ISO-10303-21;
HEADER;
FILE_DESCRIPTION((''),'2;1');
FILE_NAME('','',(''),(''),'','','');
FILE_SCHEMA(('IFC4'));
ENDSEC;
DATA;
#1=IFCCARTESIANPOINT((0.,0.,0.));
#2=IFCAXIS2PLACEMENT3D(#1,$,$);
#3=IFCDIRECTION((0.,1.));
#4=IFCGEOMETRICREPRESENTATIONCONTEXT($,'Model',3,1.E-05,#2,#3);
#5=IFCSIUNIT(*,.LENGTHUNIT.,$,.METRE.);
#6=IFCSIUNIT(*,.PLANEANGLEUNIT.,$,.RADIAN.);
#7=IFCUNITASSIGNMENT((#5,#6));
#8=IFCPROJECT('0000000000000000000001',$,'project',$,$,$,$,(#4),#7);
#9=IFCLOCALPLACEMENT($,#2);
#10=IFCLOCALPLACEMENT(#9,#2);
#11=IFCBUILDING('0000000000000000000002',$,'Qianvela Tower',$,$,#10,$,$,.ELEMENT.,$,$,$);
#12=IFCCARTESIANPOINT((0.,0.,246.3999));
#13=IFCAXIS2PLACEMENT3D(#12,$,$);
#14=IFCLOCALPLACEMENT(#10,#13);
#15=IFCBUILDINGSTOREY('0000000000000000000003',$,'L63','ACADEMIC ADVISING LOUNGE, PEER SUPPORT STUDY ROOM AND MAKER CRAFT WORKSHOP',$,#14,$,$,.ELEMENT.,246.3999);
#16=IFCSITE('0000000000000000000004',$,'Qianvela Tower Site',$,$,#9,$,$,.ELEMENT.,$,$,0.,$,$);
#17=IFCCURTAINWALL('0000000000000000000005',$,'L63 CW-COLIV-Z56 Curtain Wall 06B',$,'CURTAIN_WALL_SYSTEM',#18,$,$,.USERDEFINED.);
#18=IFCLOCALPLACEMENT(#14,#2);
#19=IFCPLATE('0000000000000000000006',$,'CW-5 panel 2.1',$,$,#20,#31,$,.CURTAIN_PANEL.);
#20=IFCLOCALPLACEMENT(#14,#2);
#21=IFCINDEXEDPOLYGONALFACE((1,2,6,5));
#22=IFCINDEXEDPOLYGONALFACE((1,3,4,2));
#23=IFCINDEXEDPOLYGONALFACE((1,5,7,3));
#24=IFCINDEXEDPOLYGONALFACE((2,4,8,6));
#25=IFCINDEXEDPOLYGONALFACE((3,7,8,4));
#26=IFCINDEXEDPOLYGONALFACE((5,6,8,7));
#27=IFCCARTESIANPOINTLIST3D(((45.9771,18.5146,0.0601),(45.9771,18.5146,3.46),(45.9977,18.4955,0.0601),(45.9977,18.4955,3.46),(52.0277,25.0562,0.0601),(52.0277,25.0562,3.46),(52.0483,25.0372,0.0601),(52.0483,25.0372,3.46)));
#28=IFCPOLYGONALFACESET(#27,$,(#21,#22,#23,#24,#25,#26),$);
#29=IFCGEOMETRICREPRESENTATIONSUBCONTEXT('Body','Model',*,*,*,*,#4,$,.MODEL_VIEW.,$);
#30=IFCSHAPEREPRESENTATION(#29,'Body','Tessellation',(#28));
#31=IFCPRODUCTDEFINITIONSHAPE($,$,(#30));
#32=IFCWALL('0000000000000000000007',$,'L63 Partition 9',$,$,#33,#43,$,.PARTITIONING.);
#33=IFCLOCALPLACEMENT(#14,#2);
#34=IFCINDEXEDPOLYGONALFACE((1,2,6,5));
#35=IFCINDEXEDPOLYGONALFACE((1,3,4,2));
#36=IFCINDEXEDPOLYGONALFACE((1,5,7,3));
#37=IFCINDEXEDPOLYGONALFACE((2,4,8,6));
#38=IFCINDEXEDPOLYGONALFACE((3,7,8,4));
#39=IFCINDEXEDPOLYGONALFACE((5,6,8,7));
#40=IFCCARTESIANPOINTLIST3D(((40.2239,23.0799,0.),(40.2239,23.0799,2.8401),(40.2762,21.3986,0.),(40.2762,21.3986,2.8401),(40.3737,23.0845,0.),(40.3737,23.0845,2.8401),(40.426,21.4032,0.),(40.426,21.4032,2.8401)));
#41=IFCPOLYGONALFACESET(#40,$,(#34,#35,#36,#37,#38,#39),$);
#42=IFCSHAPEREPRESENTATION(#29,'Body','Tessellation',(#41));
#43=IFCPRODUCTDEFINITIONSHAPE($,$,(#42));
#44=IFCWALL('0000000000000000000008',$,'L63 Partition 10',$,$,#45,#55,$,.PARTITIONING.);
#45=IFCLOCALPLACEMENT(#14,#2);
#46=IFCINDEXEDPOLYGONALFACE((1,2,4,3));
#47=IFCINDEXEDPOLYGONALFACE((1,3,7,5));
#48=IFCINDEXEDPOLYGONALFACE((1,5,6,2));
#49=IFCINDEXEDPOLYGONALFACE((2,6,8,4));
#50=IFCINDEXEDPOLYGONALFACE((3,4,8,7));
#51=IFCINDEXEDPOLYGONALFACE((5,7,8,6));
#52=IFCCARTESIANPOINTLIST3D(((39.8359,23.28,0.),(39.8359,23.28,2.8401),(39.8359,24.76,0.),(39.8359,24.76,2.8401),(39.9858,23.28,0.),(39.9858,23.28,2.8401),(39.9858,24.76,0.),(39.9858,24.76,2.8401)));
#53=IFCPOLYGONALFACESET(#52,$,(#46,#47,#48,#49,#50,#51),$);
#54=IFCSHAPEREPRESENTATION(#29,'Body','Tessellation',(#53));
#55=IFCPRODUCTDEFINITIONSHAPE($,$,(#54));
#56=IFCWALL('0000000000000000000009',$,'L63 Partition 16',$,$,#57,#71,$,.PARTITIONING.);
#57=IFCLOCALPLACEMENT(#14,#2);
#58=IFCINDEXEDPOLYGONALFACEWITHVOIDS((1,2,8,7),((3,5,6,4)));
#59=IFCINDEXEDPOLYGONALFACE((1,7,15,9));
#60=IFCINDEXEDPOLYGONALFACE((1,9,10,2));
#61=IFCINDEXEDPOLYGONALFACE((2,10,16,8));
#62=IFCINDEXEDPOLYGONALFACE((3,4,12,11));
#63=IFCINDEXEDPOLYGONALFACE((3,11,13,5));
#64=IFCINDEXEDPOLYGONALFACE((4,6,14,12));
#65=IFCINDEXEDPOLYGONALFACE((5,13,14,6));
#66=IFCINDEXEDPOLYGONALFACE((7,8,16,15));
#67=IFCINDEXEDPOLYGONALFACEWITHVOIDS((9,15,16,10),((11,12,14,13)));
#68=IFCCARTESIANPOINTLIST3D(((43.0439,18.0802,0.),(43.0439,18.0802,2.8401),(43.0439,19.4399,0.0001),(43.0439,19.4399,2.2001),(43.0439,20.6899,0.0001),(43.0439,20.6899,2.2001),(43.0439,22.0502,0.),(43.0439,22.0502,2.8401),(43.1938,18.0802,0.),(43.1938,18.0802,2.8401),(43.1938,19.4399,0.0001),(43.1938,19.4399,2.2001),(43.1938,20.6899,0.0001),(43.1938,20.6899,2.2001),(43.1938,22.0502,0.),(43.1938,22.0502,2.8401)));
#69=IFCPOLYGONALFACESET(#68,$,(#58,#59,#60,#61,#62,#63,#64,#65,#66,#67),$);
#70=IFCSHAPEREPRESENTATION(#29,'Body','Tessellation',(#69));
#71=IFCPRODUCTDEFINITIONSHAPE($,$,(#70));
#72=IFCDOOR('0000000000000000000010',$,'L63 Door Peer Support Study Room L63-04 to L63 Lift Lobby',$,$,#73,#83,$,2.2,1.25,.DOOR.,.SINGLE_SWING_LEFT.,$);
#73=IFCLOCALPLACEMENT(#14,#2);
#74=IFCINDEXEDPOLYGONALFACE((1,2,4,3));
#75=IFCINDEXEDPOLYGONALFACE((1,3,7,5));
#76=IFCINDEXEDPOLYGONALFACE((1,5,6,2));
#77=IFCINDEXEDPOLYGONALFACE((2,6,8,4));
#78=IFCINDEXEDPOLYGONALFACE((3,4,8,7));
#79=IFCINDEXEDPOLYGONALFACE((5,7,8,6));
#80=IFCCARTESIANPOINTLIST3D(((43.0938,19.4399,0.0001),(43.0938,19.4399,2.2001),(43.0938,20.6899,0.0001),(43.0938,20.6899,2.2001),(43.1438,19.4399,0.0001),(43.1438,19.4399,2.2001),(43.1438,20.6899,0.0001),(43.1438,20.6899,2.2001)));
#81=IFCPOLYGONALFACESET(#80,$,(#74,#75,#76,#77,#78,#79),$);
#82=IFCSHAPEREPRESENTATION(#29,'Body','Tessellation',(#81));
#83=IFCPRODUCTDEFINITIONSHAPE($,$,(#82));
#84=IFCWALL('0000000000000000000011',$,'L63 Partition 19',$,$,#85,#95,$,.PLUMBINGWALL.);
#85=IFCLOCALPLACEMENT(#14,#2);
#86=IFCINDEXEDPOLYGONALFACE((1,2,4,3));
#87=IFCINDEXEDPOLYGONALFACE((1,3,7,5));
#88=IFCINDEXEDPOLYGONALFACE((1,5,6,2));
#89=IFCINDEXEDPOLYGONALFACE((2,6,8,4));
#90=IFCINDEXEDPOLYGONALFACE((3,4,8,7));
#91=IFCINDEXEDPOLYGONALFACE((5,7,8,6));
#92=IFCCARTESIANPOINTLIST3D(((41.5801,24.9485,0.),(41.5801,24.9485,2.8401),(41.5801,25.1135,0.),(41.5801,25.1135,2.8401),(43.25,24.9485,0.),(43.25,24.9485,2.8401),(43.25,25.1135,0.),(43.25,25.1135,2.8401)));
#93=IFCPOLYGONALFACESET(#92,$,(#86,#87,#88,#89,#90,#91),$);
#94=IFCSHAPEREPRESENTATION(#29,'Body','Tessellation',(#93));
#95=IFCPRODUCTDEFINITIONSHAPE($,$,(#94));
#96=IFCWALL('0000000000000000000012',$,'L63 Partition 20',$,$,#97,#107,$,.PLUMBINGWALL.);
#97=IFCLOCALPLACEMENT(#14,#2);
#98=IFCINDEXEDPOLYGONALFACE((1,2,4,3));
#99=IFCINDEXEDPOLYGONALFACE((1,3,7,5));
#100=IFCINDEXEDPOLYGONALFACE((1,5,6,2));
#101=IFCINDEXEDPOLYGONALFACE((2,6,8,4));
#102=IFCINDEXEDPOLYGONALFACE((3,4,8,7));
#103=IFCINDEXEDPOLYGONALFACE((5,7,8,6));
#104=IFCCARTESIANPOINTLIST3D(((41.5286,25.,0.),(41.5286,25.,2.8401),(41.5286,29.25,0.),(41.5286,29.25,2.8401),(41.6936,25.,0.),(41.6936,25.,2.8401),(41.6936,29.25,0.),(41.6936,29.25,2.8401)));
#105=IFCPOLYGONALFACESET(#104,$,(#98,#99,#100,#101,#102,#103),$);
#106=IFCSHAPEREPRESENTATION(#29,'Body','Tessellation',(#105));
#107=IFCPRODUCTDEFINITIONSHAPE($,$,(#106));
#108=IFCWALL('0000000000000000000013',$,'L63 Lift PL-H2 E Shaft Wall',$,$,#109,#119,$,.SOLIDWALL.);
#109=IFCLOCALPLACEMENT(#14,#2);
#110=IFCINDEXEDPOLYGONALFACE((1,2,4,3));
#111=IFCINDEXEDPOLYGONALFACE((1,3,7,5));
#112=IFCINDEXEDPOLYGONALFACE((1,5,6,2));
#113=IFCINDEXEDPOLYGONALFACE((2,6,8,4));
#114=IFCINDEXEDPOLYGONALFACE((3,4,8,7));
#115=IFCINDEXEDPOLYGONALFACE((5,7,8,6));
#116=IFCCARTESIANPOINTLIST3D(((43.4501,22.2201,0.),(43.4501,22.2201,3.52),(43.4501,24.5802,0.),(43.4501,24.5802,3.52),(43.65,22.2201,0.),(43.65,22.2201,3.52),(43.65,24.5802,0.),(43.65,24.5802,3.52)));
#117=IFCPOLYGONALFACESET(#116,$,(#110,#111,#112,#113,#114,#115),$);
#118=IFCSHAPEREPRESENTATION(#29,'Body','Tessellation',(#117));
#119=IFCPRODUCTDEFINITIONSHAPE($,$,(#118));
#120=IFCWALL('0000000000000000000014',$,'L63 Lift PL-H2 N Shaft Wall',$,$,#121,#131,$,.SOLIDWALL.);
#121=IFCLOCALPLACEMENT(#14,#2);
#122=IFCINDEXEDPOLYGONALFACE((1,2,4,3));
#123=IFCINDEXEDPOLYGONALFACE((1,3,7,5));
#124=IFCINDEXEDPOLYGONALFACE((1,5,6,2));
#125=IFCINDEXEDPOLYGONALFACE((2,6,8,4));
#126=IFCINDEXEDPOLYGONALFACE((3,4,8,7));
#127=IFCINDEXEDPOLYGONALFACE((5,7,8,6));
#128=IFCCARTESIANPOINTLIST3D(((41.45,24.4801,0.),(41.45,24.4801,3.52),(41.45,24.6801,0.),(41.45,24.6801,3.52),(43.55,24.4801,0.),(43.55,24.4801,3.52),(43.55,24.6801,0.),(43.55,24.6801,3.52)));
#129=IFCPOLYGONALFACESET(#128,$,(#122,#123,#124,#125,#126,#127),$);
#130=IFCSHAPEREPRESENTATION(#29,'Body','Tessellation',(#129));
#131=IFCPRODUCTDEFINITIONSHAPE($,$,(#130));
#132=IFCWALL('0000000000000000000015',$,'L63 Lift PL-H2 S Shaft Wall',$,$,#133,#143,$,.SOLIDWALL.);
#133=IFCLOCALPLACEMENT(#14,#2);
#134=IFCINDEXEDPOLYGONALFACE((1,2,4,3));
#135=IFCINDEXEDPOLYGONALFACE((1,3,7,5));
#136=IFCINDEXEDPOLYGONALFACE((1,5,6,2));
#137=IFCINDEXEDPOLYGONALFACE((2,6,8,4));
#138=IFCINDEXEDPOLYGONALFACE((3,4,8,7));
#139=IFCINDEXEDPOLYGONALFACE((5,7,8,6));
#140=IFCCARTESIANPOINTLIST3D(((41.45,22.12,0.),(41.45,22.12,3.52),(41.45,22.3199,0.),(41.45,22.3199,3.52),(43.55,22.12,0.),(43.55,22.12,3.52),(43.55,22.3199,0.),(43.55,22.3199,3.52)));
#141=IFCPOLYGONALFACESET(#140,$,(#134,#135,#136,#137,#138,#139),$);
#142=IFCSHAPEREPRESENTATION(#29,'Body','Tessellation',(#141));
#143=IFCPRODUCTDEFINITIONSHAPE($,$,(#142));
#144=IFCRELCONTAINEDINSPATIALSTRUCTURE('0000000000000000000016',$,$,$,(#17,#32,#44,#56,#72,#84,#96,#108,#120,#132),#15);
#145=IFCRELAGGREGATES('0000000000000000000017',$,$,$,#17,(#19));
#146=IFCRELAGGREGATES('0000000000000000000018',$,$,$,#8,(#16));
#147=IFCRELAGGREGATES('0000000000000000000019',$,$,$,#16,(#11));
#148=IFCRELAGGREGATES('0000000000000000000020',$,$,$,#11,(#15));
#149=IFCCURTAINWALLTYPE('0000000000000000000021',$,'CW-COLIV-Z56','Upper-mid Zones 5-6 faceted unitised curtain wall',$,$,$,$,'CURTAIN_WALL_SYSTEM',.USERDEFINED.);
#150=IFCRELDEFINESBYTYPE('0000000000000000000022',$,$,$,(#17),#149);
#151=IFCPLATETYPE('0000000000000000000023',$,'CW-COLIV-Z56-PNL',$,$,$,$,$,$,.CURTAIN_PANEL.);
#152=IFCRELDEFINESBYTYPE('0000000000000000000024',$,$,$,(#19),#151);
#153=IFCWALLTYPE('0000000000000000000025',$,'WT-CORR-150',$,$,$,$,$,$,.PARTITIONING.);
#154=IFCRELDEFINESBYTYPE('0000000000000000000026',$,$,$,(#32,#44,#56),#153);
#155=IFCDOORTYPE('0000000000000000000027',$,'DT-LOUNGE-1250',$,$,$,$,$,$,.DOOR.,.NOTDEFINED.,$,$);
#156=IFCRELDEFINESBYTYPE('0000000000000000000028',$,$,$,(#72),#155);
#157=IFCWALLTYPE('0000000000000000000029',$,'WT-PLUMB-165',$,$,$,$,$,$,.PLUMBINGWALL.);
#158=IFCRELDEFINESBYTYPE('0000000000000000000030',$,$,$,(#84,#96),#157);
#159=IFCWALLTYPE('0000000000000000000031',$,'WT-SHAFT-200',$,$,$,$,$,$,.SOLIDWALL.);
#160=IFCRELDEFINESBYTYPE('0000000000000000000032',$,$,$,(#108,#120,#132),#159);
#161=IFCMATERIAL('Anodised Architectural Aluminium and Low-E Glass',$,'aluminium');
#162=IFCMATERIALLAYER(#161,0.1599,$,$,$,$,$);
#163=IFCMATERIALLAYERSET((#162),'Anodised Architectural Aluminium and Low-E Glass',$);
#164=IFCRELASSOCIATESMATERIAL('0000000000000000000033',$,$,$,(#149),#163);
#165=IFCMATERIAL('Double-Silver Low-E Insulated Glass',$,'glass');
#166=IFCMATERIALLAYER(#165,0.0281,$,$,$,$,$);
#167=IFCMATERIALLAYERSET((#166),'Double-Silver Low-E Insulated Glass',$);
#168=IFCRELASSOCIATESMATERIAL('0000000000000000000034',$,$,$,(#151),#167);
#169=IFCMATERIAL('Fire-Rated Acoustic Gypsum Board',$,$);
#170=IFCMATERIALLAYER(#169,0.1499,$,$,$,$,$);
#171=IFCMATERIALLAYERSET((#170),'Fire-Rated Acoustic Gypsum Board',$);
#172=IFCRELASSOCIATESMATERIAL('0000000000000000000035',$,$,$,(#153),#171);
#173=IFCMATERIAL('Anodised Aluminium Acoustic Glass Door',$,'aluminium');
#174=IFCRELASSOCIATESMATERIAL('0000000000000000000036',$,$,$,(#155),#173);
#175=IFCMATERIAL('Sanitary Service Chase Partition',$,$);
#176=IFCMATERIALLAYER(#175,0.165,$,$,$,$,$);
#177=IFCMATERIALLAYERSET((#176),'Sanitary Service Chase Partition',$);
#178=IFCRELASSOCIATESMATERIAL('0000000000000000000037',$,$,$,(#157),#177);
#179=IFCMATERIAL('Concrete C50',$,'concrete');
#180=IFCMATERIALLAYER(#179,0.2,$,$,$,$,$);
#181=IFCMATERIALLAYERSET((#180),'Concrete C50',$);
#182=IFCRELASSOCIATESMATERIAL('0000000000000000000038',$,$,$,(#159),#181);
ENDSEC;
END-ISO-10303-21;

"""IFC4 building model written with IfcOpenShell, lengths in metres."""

from ifc_helpers import new_model, si_unit, direction, frame, frame_2d, origin, origin_2d, place, context, subcontext, project, spatial, rectangle, extrude, material, layer, layer_set, type_object, element, fill, aggregate, save


model = new_model("IFC4")

# Units and contexts
model_context = context("Model", 3, precision=1e-05, world=origin(), true_north=direction((0.0, 1.0)))
body_context = subcontext(model_context, "Body", "Model", "MODEL_VIEW")
ifc_project = project(units=[si_unit("LENGTHUNIT", "METRE"), si_unit("PLANEANGLEUNIT", "RADIAN")], contexts=[model_context])

# Site, building, storey
site_placement = place(None, origin())
site = spatial("IfcSite", under=ifc_project, at=site_placement, Name="Qianvela Tower Site", CompositionType="ELEMENT", RefElevation=0.0)
building_placement = place(site_placement, origin())
building = spatial("IfcBuilding", under=site, at=building_placement, Name="Qianvela Tower", CompositionType="ELEMENT")
storey_placement = place(building_placement, frame((0.0, 0.0, 246.3999)))
storey = spatial("IfcBuildingStorey", under=building, at=storey_placement, Name="L63", Description="ACADEMIC ADVISING LOUNGE, PEER SUPPORT STUDY ROOM AND MAKER CRAFT WORKSHOP", CompositionType="ELEMENT", Elevation=246.3999)

# Curtain wall, plate
ifc_material_1 = material(Name="Anodised Architectural Aluminium and Low-E Glass", Category="aluminium")
ifc_layer_1 = layer(ifc_material_1, 0.1599)
ifc_layer_set_1 = layer_set([ifc_layer_1], Name="Anodised Architectural Aluminium and Low-E Glass")
curtain_wall_type = type_object("IfcCurtainWallType", Name="CW-COLIV-Z56", Description="Upper-mid Zones 5-6 faceted unitised curtain wall", ElementType="CURTAIN_WALL_SYSTEM", PredefinedType="USERDEFINED", material=ifc_layer_set_1)
curtain_wall_placement = place(storey_placement, origin())
curtain_wall = element("IfcCurtainWall", 1, at=curtain_wall_placement, inside=storey, type_object=curtain_wall_type, Name="L63 CW-COLIV-Z56 Curtain Wall 06B", ObjectType="CURTAIN_WALL_SYSTEM", PredefinedType="USERDEFINED")
ifc_material_2 = material(Name="Double-Silver Low-E Insulated Glass", Category="glass")
ifc_layer_2 = layer(ifc_material_2, 0.0281)
ifc_layer_set_2 = layer_set([ifc_layer_2], Name="Double-Silver Low-E Insulated Glass")
plate_type = type_object("IfcPlateType", Name="CW-COLIV-Z56-PNL", PredefinedType="CURTAIN_PANEL", material=ifc_layer_set_2)
plate_placement = place(storey_placement, frame((49.0127, 21.7759, 0.0601), z_axis=(0.0, 0.0, 1.0), x_axis=(0.679018, 0.734122, 0.0)))
plate = element("IfcPlate", 2, at=plate_placement, type_object=plate_type, Name="CW-5 panel 2.1", PredefinedType="CURTAIN_PANEL", context=body_context, shape_type="SweptSolid", body=[
    extrude(rectangle(XDim=8.9109, YDim=0.0281, at=origin_2d()), origin(), (0.0, 0.0, 1.0), 3.3999),
])
aggregate(curtain_wall, [plate])

# Walls
ifc_material_3 = material(Name="Fire-Rated Acoustic Gypsum Board")
ifc_layer_3 = layer(ifc_material_3, 0.1499)
ifc_layer_set_3 = layer_set([ifc_layer_3], Name="Fire-Rated Acoustic Gypsum Board")
wall_type_1 = type_object("IfcWallType", Name="WT-CORR-150", PredefinedType="PARTITIONING", material=ifc_layer_set_3)
wall_1_placement = place(storey_placement, frame((40.3511, 21.4009, 0.0), z_axis=(0.0, 0.0, 1.0), x_axis=(-0.031058, 0.999518, 0.0)))
element("IfcWall", 3, at=wall_1_placement, inside=storey, type_object=wall_type_1, Name="L63 Partition 9", PredefinedType="PARTITIONING", context=body_context, shape_type="SweptSolid", body=[
    extrude(rectangle(XDim=1.6821, YDim=0.1499, at=frame_2d((0.8411, 0.0))), origin(), (0.0, 0.0, 1.0), 2.8401),
])
wall_2_placement = place(storey_placement, frame((39.9109, 23.28, 0.0), z_axis=(0.0, 0.0, 1.0), x_axis=(0.0, 1.0, 0.0)))
element("IfcWall", 4, at=wall_2_placement, inside=storey, type_object=wall_type_1, Name="L63 Partition 10", PredefinedType="PARTITIONING", context=body_context, shape_type="SweptSolid", body=[
    extrude(rectangle(XDim=1.48, YDim=0.1499, at=frame_2d((0.74, 0.0))), origin(), (0.0, 0.0, 1.0), 2.8401),
])

# Wall, opening, door
wall_3_placement = place(storey_placement, frame((43.1189, 22.05, 0.0), z_axis=(0.0, 0.0, 1.0), x_axis=(0.0, -1.0, 0.0)))
wall_3 = element("IfcWall", 5, at=wall_3_placement, inside=storey, type_object=wall_type_1, Name="L63 Partition 16", PredefinedType="PARTITIONING", context=body_context, shape_type="SweptSolid", body=[
    extrude(rectangle(XDim=3.97, YDim=0.1499, at=frame_2d((1.9849, 0.0))), origin(), (0.0, 0.0, 1.0), 2.8401),
])
opening_1_placement = place(wall_3_placement, frame((1.3601, 0.0, 0.0)))
opening_1 = element("IfcOpeningElement", 6, at=opening_1_placement, cuts=wall_3, PredefinedType="OPENING", context=body_context, shape_type="SweptSolid", body=[
    extrude(rectangle(XDim=1.25, YDim=2.2, at=frame_2d((0.625, 1.1001))), frame((0.0, 0.085, 0.0), z_axis=(0.0, -1.0, 0.0), x_axis=(1.0, 0.0, 0.0)), (0.0, 0.0, 1.0), 0.1699),
])
ifc_material_4 = material(Name="Anodised Aluminium Acoustic Glass Door", Category="aluminium")
door_type_1 = type_object("IfcDoorType", Name="DT-LOUNGE-1250", OperationType="NOTDEFINED", PredefinedType="DOOR", material=ifc_material_4)
door_1_placement = place(opening_1_placement, origin())
door_1 = element("IfcDoor", 7, at=door_1_placement, inside=storey, type_object=door_type_1, Name="L63 Door Peer Support Study Room L63-04 to L63 Lift Lobby", OperationType="SINGLE_SWING_LEFT", OverallHeight=2.2, OverallWidth=1.25, PredefinedType="DOOR", context=body_context, shape_type="SweptSolid", body=[
    extrude(rectangle(XDim=1.25, YDim=2.2, at=frame_2d((0.625, 1.1001))), frame((0.0, 0.0249, 0.0), z_axis=(0.0, -1.0, 0.0), x_axis=(1.0, 0.0, 0.0)), (0.0, 0.0, 1.0), 0.05),
])
fill(opening_1, door_1)

# Walls
ifc_material_5 = material(Name="Sanitary Service Chase Partition")
ifc_layer_4 = layer(ifc_material_5, 0.165)
ifc_layer_set_4 = layer_set([ifc_layer_4], Name="Sanitary Service Chase Partition")
wall_type_2 = type_object("IfcWallType", Name="WT-PLUMB-165", PredefinedType="PLUMBINGWALL", material=ifc_layer_set_4)
wall_4_placement = place(storey_placement, frame((43.25, 25.031, 0.0), z_axis=(0.0, 0.0, 1.0), x_axis=(-1.0, 0.0, 0.0)))
element("IfcWall", 8, at=wall_4_placement, inside=storey, type_object=wall_type_2, Name="L63 Partition 19", PredefinedType="PLUMBINGWALL", context=body_context, shape_type="SweptSolid", body=[
    extrude(rectangle(XDim=1.6699, YDim=0.165, at=frame_2d((0.835, 0.0))), origin(), (0.0, 0.0, 1.0), 2.8401),
])
wall_5_placement = place(storey_placement, frame((41.6111, 25.0, 0.0), z_axis=(0.0, 0.0, 1.0), x_axis=(0.0, 1.0, 0.0)))
element("IfcWall", 9, at=wall_5_placement, inside=storey, type_object=wall_type_2, Name="L63 Partition 20", PredefinedType="PLUMBINGWALL", context=body_context, shape_type="SweptSolid", body=[
    extrude(rectangle(XDim=4.25, YDim=0.165, at=frame_2d((2.125, 0.0))), origin(), (0.0, 0.0, 1.0), 2.8401),
])
ifc_material_6 = material(Name="Concrete C50", Category="concrete")
ifc_layer_5 = layer(ifc_material_6, 0.2)
ifc_layer_set_5 = layer_set([ifc_layer_5], Name="Concrete C50")
wall_type_3 = type_object("IfcWallType", Name="WT-SHAFT-200", PredefinedType="SOLIDWALL", material=ifc_layer_set_5)
wall_6_placement = place(storey_placement, frame((43.55, 22.22, 0.0), z_axis=(0.0, 0.0, 1.0), x_axis=(0.0, 1.0, 0.0)))
element("IfcWall", 10, at=wall_6_placement, inside=storey, type_object=wall_type_3, Name="L63 Lift PL-H2 E Shaft Wall", PredefinedType="SOLIDWALL", context=body_context, shape_type="SweptSolid", body=[
    extrude(rectangle(XDim=2.3601, YDim=0.2, at=frame_2d((1.1802, 0.0))), origin(), (0.0, 0.0, 1.0), 3.52),
])

# Walls
for number, where, z_axis, x_axis, name in (
    (11, (41.45, 24.5801, 0.0), (0.0, 0.0, 1.0), (1.0, 0.0, 0.0), "L63 Lift PL-H2 N Shaft Wall"),
    (12, (41.45, 22.22, 0.0), (0.0, 0.0, 1.0), (1.0, 0.0, 0.0), "L63 Lift PL-H2 S Shaft Wall"),
):
    element("IfcWall", number, at=place(storey_placement, frame(where, z_axis=z_axis, x_axis=x_axis)), inside=storey, type_object=wall_type_3, Name=name, PredefinedType="SOLIDWALL", context=body_context, shape_type="SweptSolid", body=[
        extrude(rectangle(XDim=2.1001, YDim=0.2, at=frame_2d((1.05, 0.0))), origin(), (0.0, 0.0, 1.0), 3.52),
    ])

save(model, "model.ifc")
